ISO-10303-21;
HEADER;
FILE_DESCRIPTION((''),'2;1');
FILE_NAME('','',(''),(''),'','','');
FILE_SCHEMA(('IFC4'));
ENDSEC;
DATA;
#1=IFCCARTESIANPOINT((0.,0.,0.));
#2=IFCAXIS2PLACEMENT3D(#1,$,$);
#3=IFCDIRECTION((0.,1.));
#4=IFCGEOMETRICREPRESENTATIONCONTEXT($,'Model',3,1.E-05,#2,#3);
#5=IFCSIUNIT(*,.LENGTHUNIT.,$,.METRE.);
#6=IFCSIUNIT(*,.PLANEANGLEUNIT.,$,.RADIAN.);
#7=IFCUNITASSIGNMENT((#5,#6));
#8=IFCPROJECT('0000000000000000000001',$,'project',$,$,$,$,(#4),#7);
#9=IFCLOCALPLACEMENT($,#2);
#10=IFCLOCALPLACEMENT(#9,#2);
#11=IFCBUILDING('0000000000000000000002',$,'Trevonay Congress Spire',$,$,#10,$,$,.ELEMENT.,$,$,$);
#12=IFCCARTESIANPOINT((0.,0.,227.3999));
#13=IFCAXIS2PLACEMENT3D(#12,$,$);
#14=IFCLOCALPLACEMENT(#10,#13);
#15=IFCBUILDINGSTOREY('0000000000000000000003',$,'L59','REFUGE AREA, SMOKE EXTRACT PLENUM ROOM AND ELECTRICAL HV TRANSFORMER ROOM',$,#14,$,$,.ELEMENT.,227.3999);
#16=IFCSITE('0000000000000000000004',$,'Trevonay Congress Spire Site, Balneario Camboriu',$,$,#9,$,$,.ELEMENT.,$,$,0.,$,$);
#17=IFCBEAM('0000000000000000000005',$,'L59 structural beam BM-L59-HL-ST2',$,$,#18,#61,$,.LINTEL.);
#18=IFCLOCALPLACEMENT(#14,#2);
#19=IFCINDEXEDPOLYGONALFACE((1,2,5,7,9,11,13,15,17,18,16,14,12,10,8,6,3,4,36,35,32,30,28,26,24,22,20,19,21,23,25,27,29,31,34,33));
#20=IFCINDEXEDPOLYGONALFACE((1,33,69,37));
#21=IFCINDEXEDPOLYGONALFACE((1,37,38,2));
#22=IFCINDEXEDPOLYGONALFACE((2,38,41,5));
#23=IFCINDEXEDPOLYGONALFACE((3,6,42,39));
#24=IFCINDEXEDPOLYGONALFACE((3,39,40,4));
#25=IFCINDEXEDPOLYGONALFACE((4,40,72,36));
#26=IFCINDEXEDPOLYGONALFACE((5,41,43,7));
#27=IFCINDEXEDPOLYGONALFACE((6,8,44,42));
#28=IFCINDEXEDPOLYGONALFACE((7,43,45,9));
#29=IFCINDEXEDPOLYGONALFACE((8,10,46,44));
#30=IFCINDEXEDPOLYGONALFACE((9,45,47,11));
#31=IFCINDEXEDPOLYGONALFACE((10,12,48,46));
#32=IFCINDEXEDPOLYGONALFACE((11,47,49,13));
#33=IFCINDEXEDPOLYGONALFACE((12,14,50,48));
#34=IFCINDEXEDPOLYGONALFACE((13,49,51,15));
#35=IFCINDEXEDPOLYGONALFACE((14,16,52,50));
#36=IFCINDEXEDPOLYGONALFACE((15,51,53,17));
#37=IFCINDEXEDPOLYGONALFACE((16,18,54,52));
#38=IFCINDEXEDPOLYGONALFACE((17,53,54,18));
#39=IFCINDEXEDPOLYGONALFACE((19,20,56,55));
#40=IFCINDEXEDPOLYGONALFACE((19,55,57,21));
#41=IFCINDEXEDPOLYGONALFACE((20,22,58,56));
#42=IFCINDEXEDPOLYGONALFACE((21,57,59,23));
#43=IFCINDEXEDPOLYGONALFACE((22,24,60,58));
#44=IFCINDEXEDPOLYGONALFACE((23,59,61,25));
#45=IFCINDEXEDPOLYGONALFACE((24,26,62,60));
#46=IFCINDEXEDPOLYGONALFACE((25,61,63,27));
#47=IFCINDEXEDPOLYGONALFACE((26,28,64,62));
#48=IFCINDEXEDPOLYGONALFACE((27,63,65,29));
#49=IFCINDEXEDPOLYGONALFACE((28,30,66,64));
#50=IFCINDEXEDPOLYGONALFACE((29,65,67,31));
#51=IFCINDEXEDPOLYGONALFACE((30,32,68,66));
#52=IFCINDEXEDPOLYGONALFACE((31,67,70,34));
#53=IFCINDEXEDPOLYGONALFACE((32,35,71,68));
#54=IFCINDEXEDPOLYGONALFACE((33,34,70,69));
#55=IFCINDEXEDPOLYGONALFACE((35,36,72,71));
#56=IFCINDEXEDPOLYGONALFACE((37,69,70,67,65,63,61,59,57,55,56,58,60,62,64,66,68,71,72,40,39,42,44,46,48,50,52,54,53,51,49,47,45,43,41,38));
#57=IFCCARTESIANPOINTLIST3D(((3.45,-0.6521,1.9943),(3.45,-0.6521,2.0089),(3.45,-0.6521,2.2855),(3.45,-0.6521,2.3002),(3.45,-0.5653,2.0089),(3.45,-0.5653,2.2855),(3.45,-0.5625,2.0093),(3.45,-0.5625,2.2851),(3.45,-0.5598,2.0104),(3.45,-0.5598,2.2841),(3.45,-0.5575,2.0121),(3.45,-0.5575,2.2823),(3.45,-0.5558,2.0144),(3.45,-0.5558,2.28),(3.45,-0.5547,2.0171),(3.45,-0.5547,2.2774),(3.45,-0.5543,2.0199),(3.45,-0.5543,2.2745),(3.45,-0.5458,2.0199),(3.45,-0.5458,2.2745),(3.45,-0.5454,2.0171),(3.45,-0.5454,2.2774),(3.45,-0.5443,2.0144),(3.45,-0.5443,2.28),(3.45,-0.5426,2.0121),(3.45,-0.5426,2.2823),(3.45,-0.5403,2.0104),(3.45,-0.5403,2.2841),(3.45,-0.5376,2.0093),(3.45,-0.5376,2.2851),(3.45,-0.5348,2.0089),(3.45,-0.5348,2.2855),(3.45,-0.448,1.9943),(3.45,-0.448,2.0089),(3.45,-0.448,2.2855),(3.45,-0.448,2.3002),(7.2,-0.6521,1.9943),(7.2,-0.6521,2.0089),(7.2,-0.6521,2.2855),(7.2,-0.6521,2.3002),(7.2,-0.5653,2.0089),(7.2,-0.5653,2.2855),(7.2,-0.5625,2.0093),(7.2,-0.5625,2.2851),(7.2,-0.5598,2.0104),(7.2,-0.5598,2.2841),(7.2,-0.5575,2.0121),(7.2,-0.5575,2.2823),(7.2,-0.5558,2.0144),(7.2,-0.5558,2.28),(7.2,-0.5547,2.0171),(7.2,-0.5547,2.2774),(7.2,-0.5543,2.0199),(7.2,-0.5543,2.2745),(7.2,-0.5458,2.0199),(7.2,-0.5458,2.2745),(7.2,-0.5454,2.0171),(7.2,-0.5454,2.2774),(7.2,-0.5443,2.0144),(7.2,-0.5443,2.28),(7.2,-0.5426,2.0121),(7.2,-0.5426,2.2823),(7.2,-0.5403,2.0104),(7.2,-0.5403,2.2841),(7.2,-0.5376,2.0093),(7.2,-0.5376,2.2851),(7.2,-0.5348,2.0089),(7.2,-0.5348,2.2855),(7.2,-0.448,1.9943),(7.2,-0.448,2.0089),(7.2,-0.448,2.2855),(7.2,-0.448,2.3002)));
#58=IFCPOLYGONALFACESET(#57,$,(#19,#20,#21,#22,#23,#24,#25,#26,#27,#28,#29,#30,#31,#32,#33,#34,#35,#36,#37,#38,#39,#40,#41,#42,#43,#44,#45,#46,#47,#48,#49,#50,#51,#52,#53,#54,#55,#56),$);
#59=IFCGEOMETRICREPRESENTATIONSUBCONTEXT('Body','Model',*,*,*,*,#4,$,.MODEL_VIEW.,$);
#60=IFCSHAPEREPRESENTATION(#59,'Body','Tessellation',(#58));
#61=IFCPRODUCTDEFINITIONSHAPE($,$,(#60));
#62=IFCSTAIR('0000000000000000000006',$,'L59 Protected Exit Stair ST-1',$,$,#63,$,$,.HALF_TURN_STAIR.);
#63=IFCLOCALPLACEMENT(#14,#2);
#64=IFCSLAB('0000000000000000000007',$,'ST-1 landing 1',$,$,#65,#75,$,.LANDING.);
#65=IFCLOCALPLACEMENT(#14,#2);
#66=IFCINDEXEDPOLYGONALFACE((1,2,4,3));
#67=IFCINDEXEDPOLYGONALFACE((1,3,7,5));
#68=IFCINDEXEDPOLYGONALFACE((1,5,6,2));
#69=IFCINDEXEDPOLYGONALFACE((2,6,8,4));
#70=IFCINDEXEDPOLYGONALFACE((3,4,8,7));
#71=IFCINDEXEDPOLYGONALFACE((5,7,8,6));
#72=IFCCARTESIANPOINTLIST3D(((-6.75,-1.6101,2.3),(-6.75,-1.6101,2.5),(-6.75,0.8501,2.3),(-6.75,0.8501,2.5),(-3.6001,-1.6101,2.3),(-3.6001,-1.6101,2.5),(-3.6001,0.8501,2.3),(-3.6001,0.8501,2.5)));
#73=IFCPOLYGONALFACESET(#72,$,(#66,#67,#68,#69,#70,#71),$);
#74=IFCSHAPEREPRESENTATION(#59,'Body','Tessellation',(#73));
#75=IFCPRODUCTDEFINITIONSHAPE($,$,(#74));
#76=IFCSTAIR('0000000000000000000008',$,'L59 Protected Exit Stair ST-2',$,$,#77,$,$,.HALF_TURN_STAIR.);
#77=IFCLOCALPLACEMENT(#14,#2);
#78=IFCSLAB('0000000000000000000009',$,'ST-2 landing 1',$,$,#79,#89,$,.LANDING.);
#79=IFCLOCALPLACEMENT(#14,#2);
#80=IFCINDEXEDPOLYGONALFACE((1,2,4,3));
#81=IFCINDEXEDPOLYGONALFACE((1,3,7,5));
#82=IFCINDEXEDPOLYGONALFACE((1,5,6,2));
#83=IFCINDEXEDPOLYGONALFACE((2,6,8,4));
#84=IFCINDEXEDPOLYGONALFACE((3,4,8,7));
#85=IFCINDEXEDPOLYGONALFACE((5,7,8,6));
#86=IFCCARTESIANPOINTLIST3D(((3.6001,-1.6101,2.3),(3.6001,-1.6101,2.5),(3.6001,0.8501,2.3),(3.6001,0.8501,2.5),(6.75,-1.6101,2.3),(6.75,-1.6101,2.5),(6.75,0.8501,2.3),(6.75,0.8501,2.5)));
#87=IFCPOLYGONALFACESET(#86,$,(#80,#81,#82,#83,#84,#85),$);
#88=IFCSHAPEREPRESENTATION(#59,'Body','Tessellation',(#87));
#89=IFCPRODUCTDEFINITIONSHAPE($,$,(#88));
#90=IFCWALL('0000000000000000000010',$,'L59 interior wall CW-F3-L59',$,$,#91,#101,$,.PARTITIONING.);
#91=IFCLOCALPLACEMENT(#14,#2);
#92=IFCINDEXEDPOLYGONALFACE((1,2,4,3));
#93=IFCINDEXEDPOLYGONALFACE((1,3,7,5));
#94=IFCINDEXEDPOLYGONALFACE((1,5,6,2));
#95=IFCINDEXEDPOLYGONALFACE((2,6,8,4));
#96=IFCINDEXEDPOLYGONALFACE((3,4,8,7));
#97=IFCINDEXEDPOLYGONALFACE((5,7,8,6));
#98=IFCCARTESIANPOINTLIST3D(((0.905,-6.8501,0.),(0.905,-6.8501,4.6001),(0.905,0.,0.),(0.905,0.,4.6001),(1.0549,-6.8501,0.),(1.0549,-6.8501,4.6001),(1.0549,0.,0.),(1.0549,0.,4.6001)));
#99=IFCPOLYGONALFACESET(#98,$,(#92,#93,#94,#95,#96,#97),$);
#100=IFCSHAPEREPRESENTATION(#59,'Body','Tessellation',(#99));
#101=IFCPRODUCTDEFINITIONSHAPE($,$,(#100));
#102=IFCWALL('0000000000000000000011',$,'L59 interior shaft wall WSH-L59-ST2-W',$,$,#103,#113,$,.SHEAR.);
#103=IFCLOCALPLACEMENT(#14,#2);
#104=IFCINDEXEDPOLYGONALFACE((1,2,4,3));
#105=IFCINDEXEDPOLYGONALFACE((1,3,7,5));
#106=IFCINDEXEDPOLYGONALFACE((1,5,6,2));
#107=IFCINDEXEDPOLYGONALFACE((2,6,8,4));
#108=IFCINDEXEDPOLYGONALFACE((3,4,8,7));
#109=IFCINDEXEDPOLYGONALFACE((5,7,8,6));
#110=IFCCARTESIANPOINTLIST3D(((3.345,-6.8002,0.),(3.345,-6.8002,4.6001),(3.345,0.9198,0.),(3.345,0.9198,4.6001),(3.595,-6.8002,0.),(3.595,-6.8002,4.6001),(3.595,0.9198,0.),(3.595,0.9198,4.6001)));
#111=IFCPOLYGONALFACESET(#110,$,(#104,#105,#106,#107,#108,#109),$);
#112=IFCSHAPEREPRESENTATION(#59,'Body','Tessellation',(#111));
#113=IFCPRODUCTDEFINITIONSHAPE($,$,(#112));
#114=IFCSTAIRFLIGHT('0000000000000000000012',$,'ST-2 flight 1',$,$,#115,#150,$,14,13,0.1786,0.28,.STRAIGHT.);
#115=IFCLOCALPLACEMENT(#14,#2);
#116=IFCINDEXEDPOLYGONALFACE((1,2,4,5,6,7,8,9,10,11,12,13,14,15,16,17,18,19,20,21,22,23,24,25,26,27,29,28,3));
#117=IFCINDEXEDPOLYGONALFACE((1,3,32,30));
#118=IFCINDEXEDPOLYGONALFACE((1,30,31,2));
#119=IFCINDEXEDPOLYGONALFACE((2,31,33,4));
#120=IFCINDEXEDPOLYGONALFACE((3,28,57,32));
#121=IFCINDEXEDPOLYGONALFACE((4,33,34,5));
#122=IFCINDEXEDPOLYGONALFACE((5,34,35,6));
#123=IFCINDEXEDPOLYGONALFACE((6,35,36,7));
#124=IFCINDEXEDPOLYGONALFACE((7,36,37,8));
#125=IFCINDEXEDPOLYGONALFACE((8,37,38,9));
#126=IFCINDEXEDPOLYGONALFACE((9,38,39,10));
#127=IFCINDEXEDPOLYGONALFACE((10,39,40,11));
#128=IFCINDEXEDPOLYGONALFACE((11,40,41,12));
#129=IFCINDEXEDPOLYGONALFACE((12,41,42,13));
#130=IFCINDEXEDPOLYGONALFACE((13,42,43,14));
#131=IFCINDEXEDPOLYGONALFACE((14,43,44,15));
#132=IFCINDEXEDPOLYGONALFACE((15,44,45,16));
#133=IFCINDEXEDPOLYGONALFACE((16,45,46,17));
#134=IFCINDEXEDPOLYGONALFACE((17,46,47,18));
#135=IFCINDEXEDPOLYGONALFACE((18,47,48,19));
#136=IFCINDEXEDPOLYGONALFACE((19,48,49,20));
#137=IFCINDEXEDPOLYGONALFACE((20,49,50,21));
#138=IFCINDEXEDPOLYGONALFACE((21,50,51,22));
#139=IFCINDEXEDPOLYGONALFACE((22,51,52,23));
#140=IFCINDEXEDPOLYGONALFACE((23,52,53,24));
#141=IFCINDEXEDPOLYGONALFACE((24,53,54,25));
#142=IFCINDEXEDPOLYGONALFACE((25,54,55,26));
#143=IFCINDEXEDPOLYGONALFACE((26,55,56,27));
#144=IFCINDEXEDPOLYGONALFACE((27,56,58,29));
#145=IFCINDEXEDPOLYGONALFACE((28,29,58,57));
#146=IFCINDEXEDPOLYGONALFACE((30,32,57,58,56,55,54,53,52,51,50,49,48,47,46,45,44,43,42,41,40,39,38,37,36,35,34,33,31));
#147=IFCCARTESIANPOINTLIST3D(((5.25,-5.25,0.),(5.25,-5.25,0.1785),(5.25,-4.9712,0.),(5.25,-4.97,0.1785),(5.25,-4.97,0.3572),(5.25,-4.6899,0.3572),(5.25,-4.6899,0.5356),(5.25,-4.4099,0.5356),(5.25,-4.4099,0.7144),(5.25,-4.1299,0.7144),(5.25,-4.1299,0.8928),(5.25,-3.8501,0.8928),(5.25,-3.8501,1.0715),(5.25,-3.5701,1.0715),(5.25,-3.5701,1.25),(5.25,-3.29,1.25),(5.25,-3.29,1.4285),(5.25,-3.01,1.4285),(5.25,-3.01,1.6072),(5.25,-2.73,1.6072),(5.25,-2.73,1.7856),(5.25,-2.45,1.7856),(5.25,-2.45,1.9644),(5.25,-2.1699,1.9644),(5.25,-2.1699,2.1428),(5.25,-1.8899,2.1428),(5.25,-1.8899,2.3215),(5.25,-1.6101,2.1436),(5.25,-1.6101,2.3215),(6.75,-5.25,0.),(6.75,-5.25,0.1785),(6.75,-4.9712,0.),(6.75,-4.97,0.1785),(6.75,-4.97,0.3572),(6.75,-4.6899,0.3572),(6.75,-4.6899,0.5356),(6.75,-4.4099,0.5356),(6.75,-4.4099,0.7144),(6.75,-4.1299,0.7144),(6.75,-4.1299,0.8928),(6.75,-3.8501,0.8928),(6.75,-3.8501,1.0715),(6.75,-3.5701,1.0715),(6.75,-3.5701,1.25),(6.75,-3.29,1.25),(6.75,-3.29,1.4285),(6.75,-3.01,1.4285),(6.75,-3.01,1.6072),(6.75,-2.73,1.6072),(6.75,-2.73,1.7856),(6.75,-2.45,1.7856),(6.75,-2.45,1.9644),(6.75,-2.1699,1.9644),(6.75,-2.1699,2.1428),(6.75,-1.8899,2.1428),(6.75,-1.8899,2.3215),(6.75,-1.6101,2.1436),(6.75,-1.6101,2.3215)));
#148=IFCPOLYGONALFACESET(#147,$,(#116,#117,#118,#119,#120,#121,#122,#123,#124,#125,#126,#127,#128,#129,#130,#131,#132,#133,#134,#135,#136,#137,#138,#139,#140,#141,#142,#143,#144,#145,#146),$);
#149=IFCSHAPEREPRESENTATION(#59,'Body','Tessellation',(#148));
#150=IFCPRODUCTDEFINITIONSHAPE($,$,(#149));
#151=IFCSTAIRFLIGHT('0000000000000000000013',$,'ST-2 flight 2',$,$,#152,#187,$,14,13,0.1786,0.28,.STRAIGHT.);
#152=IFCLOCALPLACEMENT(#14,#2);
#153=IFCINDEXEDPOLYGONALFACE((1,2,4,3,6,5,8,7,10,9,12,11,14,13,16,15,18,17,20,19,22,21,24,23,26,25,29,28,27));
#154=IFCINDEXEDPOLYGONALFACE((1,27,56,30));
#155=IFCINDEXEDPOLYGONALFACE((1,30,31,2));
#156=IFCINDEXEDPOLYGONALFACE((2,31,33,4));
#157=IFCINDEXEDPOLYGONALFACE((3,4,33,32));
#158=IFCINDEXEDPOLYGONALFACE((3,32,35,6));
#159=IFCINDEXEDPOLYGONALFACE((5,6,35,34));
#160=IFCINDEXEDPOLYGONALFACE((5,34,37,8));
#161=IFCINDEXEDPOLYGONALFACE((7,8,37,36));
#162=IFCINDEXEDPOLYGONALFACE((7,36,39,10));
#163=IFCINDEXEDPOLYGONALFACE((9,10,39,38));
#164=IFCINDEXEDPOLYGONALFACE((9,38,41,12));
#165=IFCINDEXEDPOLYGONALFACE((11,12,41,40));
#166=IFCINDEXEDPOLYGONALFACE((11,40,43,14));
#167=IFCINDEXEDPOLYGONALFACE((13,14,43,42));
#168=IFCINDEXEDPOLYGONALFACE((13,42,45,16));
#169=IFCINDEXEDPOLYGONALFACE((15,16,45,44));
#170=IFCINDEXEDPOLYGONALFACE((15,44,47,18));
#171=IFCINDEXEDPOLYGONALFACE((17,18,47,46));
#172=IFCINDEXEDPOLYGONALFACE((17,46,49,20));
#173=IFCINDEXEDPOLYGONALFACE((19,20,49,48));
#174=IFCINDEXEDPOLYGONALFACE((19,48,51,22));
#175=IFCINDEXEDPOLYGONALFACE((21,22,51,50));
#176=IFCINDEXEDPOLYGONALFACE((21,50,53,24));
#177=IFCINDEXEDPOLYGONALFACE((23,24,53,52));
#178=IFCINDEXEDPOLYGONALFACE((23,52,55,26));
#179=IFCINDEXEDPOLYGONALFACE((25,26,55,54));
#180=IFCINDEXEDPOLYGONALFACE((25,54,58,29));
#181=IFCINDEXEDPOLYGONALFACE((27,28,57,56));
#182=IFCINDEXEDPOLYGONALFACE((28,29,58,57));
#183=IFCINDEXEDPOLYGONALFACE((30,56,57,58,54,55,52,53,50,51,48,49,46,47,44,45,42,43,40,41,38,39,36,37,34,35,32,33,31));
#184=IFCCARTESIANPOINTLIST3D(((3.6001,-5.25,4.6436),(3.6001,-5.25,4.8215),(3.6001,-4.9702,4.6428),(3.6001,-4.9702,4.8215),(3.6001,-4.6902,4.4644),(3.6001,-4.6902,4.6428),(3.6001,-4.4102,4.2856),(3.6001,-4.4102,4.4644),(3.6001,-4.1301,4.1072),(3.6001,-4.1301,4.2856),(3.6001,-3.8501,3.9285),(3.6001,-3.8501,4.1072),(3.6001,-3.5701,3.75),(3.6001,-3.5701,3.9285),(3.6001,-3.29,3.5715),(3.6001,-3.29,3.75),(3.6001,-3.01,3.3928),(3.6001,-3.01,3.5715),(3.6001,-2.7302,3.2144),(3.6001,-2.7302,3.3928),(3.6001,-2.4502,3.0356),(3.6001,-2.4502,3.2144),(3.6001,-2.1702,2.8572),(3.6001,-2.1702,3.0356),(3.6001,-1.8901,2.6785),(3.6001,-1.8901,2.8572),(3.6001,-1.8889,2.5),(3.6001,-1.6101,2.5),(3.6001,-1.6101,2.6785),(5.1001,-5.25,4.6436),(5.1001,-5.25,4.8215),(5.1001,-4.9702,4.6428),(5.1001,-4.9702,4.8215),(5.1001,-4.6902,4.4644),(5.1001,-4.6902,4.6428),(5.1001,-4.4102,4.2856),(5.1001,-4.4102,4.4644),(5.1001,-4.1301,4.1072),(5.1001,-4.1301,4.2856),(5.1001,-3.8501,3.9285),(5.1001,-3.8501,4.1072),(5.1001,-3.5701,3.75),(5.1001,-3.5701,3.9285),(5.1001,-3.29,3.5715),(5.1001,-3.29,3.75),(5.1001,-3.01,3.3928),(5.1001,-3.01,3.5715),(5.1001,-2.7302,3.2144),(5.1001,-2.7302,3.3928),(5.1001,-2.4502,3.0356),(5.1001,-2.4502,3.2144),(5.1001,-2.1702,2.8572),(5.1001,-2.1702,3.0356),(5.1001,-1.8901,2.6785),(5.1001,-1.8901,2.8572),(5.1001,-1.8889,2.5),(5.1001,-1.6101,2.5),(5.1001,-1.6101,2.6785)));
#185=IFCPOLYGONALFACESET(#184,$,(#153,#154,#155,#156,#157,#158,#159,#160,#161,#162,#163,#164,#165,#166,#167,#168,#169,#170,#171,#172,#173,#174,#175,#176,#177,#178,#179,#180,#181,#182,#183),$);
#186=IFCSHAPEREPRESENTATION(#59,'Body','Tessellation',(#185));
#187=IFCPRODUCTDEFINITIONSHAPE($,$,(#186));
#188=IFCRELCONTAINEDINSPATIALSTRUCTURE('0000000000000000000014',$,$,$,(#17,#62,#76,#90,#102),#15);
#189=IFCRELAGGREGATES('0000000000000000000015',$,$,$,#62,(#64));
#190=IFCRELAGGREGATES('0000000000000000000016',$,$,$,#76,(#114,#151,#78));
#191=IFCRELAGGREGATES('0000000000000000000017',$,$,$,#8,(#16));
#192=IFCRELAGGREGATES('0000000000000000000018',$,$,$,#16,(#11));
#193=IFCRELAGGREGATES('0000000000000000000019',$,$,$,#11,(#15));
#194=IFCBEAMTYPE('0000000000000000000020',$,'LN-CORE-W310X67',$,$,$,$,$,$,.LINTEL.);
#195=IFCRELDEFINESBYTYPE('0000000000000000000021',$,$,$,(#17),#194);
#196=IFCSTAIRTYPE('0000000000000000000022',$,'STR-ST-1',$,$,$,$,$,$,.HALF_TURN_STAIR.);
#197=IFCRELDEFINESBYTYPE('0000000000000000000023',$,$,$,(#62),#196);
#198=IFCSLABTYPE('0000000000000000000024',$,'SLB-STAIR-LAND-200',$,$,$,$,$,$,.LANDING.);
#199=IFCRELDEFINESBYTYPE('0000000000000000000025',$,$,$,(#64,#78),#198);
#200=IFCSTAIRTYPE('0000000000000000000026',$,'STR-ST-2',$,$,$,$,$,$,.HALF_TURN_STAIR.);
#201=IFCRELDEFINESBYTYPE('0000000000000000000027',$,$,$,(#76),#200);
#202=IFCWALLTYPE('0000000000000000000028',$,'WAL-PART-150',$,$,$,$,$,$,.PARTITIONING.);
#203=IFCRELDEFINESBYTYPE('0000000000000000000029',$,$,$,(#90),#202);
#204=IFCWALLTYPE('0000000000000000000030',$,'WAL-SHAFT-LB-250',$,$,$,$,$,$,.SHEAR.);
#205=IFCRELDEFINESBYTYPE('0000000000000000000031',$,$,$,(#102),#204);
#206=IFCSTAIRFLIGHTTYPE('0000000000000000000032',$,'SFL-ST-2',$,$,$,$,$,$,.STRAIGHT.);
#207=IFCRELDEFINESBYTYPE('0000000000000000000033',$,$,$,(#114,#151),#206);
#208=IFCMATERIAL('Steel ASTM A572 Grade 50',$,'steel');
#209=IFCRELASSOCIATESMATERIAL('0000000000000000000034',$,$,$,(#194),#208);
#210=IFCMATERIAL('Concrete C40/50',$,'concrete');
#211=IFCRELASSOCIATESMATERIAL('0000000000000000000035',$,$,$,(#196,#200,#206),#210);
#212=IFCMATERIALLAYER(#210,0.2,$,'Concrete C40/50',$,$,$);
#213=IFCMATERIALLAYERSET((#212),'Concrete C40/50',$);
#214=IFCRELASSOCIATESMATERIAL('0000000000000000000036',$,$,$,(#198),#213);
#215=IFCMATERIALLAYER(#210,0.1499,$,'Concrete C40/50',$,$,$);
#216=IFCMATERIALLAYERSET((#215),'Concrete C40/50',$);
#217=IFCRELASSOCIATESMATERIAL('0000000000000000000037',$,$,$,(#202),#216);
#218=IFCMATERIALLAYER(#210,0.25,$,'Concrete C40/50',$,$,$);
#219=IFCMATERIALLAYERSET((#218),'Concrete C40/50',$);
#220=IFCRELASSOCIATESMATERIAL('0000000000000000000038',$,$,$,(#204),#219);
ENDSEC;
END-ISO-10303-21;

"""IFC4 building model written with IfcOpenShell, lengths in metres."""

from ifc_helpers import new_model, si_unit, direction, frame, frame_2d, origin, origin_2d, place, context, subcontext, project, spatial, polyline, rectangle, i_section, outline, extrude, material, layer, layer_set, material_profile, profile_set, type_object, element, aggregate, save


model = new_model("IFC4")

# Units and contexts
model_context = context("Model", 3, precision=1e-05, world=origin(), true_north=direction((0.0, 1.0)))
body_context = subcontext(model_context, "Body", "Model", "MODEL_VIEW")
ifc_project = project(units=[si_unit("LENGTHUNIT", "METRE"), si_unit("PLANEANGLEUNIT", "RADIAN")], contexts=[model_context])

# Site, building, storey
site_placement = place(None, origin())
site = spatial("IfcSite", under=ifc_project, at=site_placement, Name="Trevonay Congress Spire Site, Balneario Camboriu", CompositionType="ELEMENT", RefElevation=0.0)
building_placement = place(site_placement, origin())
building = spatial("IfcBuilding", under=site, at=building_placement, Name="Trevonay Congress Spire", CompositionType="ELEMENT")
storey_placement = place(building_placement, frame((0.0, 0.0, 227.3999)))
storey = spatial("IfcBuildingStorey", under=building, at=storey_placement, Name="L59", Description="REFUGE AREA, SMOKE EXTRACT PLENUM ROOM AND ELECTRICAL HV TRANSFORMER ROOM", CompositionType="ELEMENT", Elevation=227.3999)

# Beam
ifc_material_1 = material(Name="Steel ASTM A572 Grade 50", Category="steel")
ifc_material_profile = material_profile(ifc_material_1, i_section(OverallWidth=0.2041, OverallDepth=0.3059, WebThickness=0.0085, FlangeThickness=0.0146, FilletRadius=0.011, at=origin_2d()), Name="W310x67")
ifc_profile_set = profile_set([ifc_material_profile], Name="Steel ASTM A572 Grade 50")
beam_type = type_object("IfcBeamType", Name="LN-CORE-W310X67", PredefinedType="LINTEL", material=ifc_profile_set)
beam_placement = place(storey_placement, frame((3.45, -0.55, 2.1472), z_axis=(1.0, 0.0, 0.0), x_axis=(0.0, 1.0, 0.0)))
element("IfcBeam", 1, at=beam_placement, inside=storey, type_object=beam_type, Name="L59 structural beam BM-L59-HL-ST2", PredefinedType="LINTEL", context=body_context, shape_type="SweptSolid", body=[
    extrude(i_section(OverallWidth=0.2041, OverallDepth=0.3059, WebThickness=0.0085, FlangeThickness=0.0146, FilletRadius=0.011, at=origin_2d()), origin(), (0.0, 0.0, 1.0), 3.75),
])

# Stairs, slabs
ifc_material_2 = material(Name="Concrete C40/50", Category="concrete")
stair_type_1 = type_object("IfcStairType", Name="STR-ST-1", PredefinedType="HALF_TURN_STAIR", material=ifc_material_2)
stair_1_placement = place(storey_placement, origin())
stair_1 = element("IfcStair", 2, at=stair_1_placement, inside=storey, type_object=stair_type_1, Name="L59 Protected Exit Stair ST-1", PredefinedType="HALF_TURN_STAIR")
ifc_layer_1 = layer(ifc_material_2, 0.2, Name="Concrete C40/50")
ifc_layer_set_1 = layer_set([ifc_layer_1], Name="Concrete C40/50")
slab_type = type_object("IfcSlabType", Name="SLB-STAIR-LAND-200", PredefinedType="LANDING", material=ifc_layer_set_1)
slab_1_placement = place(storey_placement, frame((0.0, 0.0, 2.3)))
slab_1 = element("IfcSlab", 3, at=slab_1_placement, type_object=slab_type, Name="ST-1 landing 1", PredefinedType="LANDING", context=body_context, shape_type="SweptSolid", body=[
    extrude(outline(polyline([(-3.6001, -1.6101), (-3.6001, 0.8501), (-6.75, 0.8501), (-6.75, -1.6101), (-3.6001, -1.6101)])), origin(), (0.0, 0.0, 1.0), 0.2),
])
aggregate(stair_1, [slab_1])
stair_type_2 = type_object("IfcStairType", Name="STR-ST-2", PredefinedType="HALF_TURN_STAIR", material=ifc_material_2)
stair_2_placement = place(storey_placement, origin())
stair_2 = element("IfcStair", 4, at=stair_2_placement, inside=storey, type_object=stair_type_2, Name="L59 Protected Exit Stair ST-2", PredefinedType="HALF_TURN_STAIR")
slab_2_placement = place(storey_placement, frame((0.0, 0.0, 2.3)))
slab_2 = element("IfcSlab", 5, at=slab_2_placement, type_object=slab_type, Name="ST-2 landing 1", PredefinedType="LANDING", context=body_context, shape_type="SweptSolid", body=[
    extrude(outline(polyline([(6.75, -1.6101), (6.75, 0.8501), (3.6001, 0.8501), (3.6001, -1.6101), (6.75, -1.6101)])), origin(), (0.0, 0.0, 1.0), 0.2),
])

# Walls
ifc_layer_2 = layer(ifc_material_2, 0.1499, Name="Concrete C40/50")
ifc_layer_set_2 = layer_set([ifc_layer_2], Name="Concrete C40/50")
wall_type_1 = type_object("IfcWallType", Name="WAL-PART-150", PredefinedType="PARTITIONING", material=ifc_layer_set_2)
wall_1_placement = place(storey_placement, frame((0.98, -6.8501, 0.0), z_axis=(0.0, 0.0, 1.0), x_axis=(0.0, 1.0, 0.0)))
element("IfcWall", 6, at=wall_1_placement, inside=storey, type_object=wall_type_1, Name="L59 interior wall CW-F3-L59", PredefinedType="PARTITIONING", context=body_context, shape_type="SweptSolid", body=[
    extrude(rectangle(XDim=6.8501, YDim=0.1499, at=frame_2d((3.425, 0.0))), origin(), (0.0, 0.0, 1.0), 4.6001),
])
ifc_layer_3 = layer(ifc_material_2, 0.25, Name="Concrete C40/50")
ifc_layer_set_3 = layer_set([ifc_layer_3], Name="Concrete C40/50")
wall_type_2 = type_object("IfcWallType", Name="WAL-SHAFT-LB-250", PredefinedType="SHEAR", material=ifc_layer_set_3)
wall_2_placement = place(storey_placement, frame((3.47, -6.8, 0.0), z_axis=(0.0, 0.0, 1.0), x_axis=(0.0, 1.0, 0.0)))
element("IfcWall", 7, at=wall_2_placement, inside=storey, type_object=wall_type_2, Name="L59 interior shaft wall WSH-L59-ST2-W", PredefinedType="SHEAR", context=body_context, shape_type="SweptSolid", body=[
    extrude(rectangle(XDim=7.72, YDim=0.25, at=frame_2d((3.8599, 0.0))), origin(), (0.0, 0.0, 1.0), 4.6001),
])

# Stair flights
stair_flight_type = type_object("IfcStairFlightType", Name="SFL-ST-2", PredefinedType="STRAIGHT", material=ifc_material_2)
stair_flight_1_placement = place(storey_placement, frame((6.0, -5.25, 0.0), z_axis=(0.0, 0.0, 1.0), x_axis=(0.0, 1.0, 0.0)))
stair_flight_1 = element("IfcStairFlight", 8, at=stair_flight_1_placement, type_object=stair_flight_type, Name="ST-2 flight 1", NumberOfRisers=14, NumberOfTreads=13, PredefinedType="STRAIGHT", RiserHeight=0.1786, TreadLength=0.28, context=body_context, shape_type="SweptSolid", body=[
    extrude(outline(polyline([(0.0, 0.0), (0.0, 0.1785), (0.28, 0.1785), (0.28, 0.3572), (0.5601, 0.3572), (0.5601, 0.5356), (0.8401, 0.5356), (0.8401, 0.7144), (1.1201, 0.7144), (1.1201, 0.8928), (1.3999, 0.8928), (1.3999, 1.0715), (1.6799, 1.0715), (1.6799, 1.25), (1.96, 1.25), (1.96, 1.4285), (2.24, 1.4285), (2.24, 1.6072), (2.52, 1.6072), (2.52, 1.7856), (2.8, 1.7856), (2.8, 1.9644), (3.0801, 1.9644), (3.0801, 2.1428), (3.3601, 2.1428), (3.3601, 2.3215), (3.6399, 2.3215), (3.6399, 2.5), (3.6399, 2.1436), (0.2788, 0.0), (0.0, 0.0)])), frame((0.0, 0.75, 0.0), z_axis=(0.0, -1.0, 0.0), x_axis=(1.0, 0.0, 0.0)), (0.0, 0.0, 1.0), 1.5),
])
stair_flight_2_placement = place(storey_placement, frame((4.3501, -1.6101, 2.5), z_axis=(0.0, 0.0, 1.0), x_axis=(0.0, -1.0, 0.0)))
stair_flight_2 = element("IfcStairFlight", 9, at=stair_flight_2_placement, type_object=stair_flight_type, Name="ST-2 flight 2", NumberOfRisers=14, NumberOfTreads=13, PredefinedType="STRAIGHT", RiserHeight=0.1786, TreadLength=0.28, context=body_context, shape_type="SweptSolid", body=[
    extrude(outline(polyline([(0.0, 0.0), (0.0, 0.1785), (0.28, 0.1785), (0.28, 0.3572), (0.5601, 0.3572), (0.5601, 0.5356), (0.8401, 0.5356), (0.8401, 0.7144), (1.1201, 0.7144), (1.1201, 0.8928), (1.3999, 0.8928), (1.3999, 1.0715), (1.6799, 1.0715), (1.6799, 1.25), (1.96, 1.25), (1.96, 1.4285), (2.24, 1.4285), (2.24, 1.6072), (2.52, 1.6072), (2.52, 1.7856), (2.8, 1.7856), (2.8, 1.9644), (3.0801, 1.9644), (3.0801, 2.1428), (3.3601, 2.1428), (3.3601, 2.3215), (3.6399, 2.3215), (3.6399, 2.5), (3.6399, 2.1436), (0.2788, 0.0), (0.0, 0.0)])), frame((0.0, 0.75, 0.0), z_axis=(0.0, -1.0, 0.0), x_axis=(1.0, 0.0, 0.0)), (0.0, 0.0, 1.0), 1.5),
])
aggregate(stair_2, [stair_flight_1, stair_flight_2, slab_2])

save(model, "model.ifc")
